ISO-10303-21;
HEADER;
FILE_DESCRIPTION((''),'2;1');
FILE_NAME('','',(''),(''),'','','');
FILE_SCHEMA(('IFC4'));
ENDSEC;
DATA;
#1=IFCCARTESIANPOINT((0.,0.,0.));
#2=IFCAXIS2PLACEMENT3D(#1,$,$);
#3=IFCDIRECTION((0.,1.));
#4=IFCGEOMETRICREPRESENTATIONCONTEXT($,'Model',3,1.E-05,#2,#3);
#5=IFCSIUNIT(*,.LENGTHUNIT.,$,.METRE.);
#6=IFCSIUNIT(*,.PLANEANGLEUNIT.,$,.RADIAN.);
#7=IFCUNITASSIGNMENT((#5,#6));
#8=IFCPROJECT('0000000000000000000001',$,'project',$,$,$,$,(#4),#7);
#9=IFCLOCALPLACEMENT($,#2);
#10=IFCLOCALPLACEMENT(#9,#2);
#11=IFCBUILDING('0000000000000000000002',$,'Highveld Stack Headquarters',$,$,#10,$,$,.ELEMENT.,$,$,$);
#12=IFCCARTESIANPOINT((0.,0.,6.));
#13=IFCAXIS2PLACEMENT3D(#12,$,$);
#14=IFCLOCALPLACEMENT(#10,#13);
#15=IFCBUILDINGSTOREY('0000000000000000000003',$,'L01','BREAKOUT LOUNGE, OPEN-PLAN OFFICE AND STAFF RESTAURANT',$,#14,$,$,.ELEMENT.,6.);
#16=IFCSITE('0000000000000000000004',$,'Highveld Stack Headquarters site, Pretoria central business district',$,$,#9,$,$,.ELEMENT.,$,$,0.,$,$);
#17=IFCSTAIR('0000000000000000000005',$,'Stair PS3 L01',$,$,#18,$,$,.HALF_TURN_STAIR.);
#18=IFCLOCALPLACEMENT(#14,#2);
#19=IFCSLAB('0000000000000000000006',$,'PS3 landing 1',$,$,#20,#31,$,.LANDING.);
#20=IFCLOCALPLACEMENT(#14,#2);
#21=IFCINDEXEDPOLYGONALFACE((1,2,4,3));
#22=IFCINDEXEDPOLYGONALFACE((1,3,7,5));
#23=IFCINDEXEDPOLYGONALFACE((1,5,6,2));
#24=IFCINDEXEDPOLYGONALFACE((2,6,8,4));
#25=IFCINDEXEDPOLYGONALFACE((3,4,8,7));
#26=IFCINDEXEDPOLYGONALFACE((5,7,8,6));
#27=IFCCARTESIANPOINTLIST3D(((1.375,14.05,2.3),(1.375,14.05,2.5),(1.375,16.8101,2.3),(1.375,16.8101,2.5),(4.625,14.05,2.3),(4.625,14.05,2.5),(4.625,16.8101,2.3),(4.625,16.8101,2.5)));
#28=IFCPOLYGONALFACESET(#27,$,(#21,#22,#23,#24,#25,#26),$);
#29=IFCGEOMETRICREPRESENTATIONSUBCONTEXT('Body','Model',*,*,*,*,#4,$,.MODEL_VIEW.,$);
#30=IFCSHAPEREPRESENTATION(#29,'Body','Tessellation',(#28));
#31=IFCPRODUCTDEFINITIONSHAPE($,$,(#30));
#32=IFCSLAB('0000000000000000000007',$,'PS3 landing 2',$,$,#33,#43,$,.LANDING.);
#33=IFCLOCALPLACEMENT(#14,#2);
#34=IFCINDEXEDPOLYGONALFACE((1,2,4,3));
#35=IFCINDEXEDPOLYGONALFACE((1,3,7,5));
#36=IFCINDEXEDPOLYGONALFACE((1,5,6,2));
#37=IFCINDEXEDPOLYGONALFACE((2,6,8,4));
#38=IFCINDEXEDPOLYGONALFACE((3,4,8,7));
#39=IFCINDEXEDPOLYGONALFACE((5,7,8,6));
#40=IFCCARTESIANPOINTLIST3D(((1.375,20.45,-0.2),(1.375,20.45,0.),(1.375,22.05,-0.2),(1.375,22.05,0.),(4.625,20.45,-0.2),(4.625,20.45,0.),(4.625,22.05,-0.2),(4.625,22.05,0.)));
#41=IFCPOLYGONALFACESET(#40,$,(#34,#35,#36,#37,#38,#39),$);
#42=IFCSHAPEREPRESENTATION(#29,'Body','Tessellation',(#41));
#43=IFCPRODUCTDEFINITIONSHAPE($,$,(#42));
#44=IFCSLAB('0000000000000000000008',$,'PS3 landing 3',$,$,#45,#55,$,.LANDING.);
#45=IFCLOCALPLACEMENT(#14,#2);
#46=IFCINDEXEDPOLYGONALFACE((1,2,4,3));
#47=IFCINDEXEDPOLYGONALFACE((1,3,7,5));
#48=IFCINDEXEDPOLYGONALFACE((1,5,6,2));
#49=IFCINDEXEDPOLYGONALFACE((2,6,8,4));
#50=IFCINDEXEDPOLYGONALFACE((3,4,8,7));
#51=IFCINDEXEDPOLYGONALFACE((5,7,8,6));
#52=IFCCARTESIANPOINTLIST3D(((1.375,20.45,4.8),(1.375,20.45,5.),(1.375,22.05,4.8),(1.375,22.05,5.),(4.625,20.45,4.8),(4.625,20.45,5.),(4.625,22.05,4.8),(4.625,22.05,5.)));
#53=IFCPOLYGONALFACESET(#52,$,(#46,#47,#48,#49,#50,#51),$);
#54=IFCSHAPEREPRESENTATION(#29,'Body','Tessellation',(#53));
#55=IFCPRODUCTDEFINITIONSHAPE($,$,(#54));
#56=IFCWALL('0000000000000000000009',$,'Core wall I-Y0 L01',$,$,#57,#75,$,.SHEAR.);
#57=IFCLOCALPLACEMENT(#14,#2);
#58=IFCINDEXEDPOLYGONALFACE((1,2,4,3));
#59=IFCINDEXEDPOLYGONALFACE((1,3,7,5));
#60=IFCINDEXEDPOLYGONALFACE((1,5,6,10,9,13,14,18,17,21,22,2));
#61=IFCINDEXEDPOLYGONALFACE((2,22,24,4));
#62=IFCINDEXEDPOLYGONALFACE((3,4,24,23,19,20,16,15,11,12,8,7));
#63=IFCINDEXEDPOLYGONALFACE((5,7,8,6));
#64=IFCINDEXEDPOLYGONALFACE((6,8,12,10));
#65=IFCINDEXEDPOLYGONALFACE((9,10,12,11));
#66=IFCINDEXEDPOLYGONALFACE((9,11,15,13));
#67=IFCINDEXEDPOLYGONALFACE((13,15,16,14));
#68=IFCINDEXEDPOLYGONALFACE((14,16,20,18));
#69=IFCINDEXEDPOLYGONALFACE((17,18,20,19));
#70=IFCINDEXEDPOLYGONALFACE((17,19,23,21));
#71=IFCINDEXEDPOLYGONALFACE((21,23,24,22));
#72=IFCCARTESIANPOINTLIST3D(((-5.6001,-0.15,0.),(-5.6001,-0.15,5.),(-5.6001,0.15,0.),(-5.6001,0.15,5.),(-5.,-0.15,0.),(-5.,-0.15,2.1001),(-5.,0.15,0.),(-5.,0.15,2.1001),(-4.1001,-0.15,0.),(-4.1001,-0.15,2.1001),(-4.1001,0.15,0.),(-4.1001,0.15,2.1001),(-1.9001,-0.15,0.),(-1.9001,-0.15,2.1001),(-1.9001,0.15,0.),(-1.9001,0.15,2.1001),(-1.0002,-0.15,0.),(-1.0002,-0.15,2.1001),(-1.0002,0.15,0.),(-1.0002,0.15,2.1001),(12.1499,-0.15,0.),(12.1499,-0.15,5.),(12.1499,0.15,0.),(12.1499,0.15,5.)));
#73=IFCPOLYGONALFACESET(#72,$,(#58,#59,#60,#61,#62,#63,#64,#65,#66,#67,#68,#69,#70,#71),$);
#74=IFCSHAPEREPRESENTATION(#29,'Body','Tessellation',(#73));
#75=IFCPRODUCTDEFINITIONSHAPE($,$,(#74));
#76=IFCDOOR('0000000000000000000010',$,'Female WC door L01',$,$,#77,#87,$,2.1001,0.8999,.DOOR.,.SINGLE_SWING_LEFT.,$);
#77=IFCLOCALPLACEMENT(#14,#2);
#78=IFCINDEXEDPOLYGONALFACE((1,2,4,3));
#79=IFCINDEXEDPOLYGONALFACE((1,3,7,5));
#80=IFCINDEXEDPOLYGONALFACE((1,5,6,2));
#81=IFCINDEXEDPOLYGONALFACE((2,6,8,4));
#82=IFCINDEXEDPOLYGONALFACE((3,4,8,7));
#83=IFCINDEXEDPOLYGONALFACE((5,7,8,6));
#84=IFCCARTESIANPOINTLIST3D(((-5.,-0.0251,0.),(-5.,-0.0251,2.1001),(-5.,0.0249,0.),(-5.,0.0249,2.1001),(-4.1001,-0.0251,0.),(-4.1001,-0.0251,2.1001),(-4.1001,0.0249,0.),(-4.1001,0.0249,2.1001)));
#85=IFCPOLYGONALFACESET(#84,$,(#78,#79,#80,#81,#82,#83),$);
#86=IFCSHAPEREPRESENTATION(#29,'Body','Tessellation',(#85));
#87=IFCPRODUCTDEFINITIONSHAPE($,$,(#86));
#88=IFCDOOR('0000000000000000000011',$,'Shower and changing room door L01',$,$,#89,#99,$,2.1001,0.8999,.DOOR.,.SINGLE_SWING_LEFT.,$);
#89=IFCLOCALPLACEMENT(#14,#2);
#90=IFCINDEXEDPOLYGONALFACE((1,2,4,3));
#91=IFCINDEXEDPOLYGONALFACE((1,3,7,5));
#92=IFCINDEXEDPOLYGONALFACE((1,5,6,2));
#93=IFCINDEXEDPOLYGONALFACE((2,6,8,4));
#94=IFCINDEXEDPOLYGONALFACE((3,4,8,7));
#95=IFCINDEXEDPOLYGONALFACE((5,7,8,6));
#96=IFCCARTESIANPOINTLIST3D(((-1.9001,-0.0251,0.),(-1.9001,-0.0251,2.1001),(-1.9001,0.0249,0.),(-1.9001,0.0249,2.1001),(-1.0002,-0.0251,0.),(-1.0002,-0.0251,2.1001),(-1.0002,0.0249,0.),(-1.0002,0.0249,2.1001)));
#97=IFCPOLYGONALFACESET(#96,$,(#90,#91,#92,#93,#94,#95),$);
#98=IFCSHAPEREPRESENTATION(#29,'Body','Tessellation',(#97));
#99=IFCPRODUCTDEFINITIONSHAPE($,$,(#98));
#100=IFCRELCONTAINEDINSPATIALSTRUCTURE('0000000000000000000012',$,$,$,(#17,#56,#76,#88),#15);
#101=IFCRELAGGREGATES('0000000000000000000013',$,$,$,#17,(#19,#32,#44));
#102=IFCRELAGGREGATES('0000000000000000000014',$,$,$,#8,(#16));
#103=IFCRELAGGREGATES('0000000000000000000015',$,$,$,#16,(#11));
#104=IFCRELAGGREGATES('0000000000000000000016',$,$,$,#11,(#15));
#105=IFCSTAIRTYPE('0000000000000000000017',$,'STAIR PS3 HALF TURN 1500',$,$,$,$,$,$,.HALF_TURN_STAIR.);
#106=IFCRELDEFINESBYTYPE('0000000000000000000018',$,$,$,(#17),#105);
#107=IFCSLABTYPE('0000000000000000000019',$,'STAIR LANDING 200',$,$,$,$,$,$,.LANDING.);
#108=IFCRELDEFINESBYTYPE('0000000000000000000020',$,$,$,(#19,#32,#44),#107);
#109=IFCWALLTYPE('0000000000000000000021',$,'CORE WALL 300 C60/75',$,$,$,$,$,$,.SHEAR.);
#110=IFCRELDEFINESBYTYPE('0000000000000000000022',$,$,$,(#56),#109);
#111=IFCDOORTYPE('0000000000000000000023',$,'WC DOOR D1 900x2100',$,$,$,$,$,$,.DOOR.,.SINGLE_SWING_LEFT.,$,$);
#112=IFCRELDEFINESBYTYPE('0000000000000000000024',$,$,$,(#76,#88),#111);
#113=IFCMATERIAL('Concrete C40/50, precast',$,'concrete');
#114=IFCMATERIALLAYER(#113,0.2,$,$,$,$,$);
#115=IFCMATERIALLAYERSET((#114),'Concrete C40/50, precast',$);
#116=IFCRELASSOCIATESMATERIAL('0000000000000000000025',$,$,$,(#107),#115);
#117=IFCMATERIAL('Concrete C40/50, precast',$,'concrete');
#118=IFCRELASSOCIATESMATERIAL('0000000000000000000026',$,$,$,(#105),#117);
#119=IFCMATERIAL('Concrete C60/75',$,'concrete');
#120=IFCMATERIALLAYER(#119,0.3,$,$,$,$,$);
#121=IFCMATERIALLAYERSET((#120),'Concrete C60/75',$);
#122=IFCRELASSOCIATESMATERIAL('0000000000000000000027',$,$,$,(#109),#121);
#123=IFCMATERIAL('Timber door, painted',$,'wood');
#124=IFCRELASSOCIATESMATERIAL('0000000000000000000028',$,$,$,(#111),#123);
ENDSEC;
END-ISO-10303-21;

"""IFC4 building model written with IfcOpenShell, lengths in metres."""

from ifc_helpers import new_model, si_unit, direction, frame, frame_2d, origin, place, context, subcontext, project, spatial, polyline, rectangle, outline, extrude, material, layer, layer_set, type_object, element, fill, aggregate, save


model = new_model("IFC4")

# Units and contexts
model_context = context("Model", 3, precision=1e-05, world=origin(), true_north=direction((0.0, 1.0)))
body_context = subcontext(model_context, "Body", "Model", "MODEL_VIEW")
ifc_project = project(units=[si_unit("LENGTHUNIT", "METRE"), si_unit("PLANEANGLEUNIT", "RADIAN")], contexts=[model_context])

# Site, building, storey
site_placement = place(None, origin())
site = spatial("IfcSite", under=ifc_project, at=site_placement, Name="Highveld Stack Headquarters site, Pretoria central business district", CompositionType="ELEMENT", RefElevation=0.0)
building_placement = place(site_placement, origin())
building = spatial("IfcBuilding", under=site, at=building_placement, Name="Highveld Stack Headquarters", CompositionType="ELEMENT")
storey_placement = place(building_placement, frame((0.0, 0.0, 6.0)))
storey = spatial("IfcBuildingStorey", under=building, at=storey_placement, Name="L01", Description="BREAKOUT LOUNGE, OPEN-PLAN OFFICE AND STAFF RESTAURANT", CompositionType="ELEMENT", Elevation=6.0)

# Stair, slabs
ifc_material_1 = material(Name="Concrete C40/50, precast", Category="concrete")
ifc_layer_1 = layer(ifc_material_1, 0.2)
ifc_layer_set_1 = layer_set([ifc_layer_1], Name="Concrete C40/50, precast")
slab_type_1 = type_object("IfcSlabType", Name="STAIR LANDING 200", PredefinedType="LANDING", material=ifc_layer_set_1)
ifc_material_2 = material(Name="Concrete C40/50, precast", Category="concrete")
stair_type_1 = type_object("IfcStairType", Name="STAIR PS3 HALF TURN 1500", PredefinedType="HALF_TURN_STAIR", material=ifc_material_2)
stair_1_placement = place(storey_placement, origin())
stair_1 = element("IfcStair", 1, at=stair_1_placement, inside=storey, type_object=stair_type_1, Name="Stair PS3 L01", PredefinedType="HALF_TURN_STAIR")
slab_1_placement = place(storey_placement, frame((0.0, 0.0, 2.3)))
slab_1 = element("IfcSlab", 2, at=slab_1_placement, type_object=slab_type_1, Name="PS3 landing 1", PredefinedType="LANDING", context=body_context, shape_type="SweptSolid", body=[
    extrude(outline(polyline([(1.375, 14.05), (4.625, 14.05), (4.625, 16.8101), (1.375, 16.8101), (1.375, 14.05)])), origin(), (0.0, 0.0, 1.0), 0.2),
])
slab_2_placement = place(storey_placement, frame((0.0, 0.0, -0.2)))
slab_2 = element("IfcSlab", 3, at=slab_2_placement, type_object=slab_type_1, Name="PS3 landing 2", PredefinedType="LANDING", context=body_context, shape_type="SweptSolid", body=[
    extrude(outline(polyline([(1.375, 20.45), (4.625, 20.45), (4.625, 22.05), (1.375, 22.05), (1.375, 20.45)])), origin(), (0.0, 0.0, 1.0), 0.2),
])
slab_3_placement = place(storey_placement, frame((0.0, 0.0, 4.8)))
slab_3 = element("IfcSlab", 4, at=slab_3_placement, type_object=slab_type_1, Name="PS3 landing 3", PredefinedType="LANDING", context=body_context, shape_type="SweptSolid", body=[
    extrude(outline(polyline([(1.375, 20.45), (4.625, 20.45), (4.625, 22.05), (1.375, 22.05), (1.375, 20.45)])), origin(), (0.0, 0.0, 1.0), 0.2),
])
aggregate(stair_1, [slab_1, slab_2, slab_3])

# Wall, openings, doors
ifc_material_3 = material(Name="Concrete C60/75", Category="concrete")
ifc_layer_2 = layer(ifc_material_3, 0.3)
ifc_layer_set_2 = layer_set([ifc_layer_2], Name="Concrete C60/75")
wall_type = type_object("IfcWallType", Name="CORE WALL 300 C60/75", PredefinedType="SHEAR", material=ifc_layer_set_2)
wall_placement = place(storey_placement, frame((-5.6001, 0.0, 0.0), z_axis=(0.0, 0.0, 1.0), x_axis=(1.0, 0.0, 0.0)))
wall = element("IfcWall", 5, at=wall_placement, inside=storey, type_object=wall_type, Name="Core wall I-Y0 L01", PredefinedType="SHEAR", context=body_context, shape_type="SweptSolid", body=[
    extrude(rectangle(XDim=17.75, YDim=0.3, at=frame_2d((8.875, 0.0))), origin(), (0.0, 0.0, 1.0), 5.0),
])
opening_1_placement = place(wall_placement, frame((0.6001, 0.0, 0.0)))
opening_1 = element("IfcOpeningElement", 6, at=opening_1_placement, cuts=wall, PredefinedType="OPENING", context=body_context, shape_type="SweptSolid", body=[
    extrude(rectangle(XDim=0.8999, YDim=2.1001, at=frame_2d((0.45, 1.05))), frame((0.0, 0.1599, 0.0), z_axis=(0.0, -1.0, 0.0), x_axis=(1.0, 0.0, 0.0)), (0.0, 0.0, 1.0), 0.3201),
])
opening_2_placement = place(wall_placement, frame((3.7, 0.0, 0.0)))
opening_2 = element("IfcOpeningElement", 7, at=opening_2_placement, cuts=wall, PredefinedType="OPENING", context=body_context, shape_type="SweptSolid", body=[
    extrude(rectangle(XDim=0.8999, YDim=2.1001, at=frame_2d((0.45, 1.05))), frame((0.0, 0.1599, 0.0), z_axis=(0.0, -1.0, 0.0), x_axis=(1.0, 0.0, 0.0)), (0.0, 0.0, 1.0), 0.3201),
])
ifc_material_4 = material(Name="Timber door, painted", Category="wood")
door_type = type_object("IfcDoorType", Name="WC DOOR D1 900x2100", OperationType="SINGLE_SWING_LEFT", PredefinedType="DOOR", material=ifc_material_4)
door_1_placement = place(opening_1_placement, origin())
door_1 = element("IfcDoor", 8, at=door_1_placement, inside=storey, type_object=door_type, Name="Female WC door L01", OperationType="SINGLE_SWING_LEFT", OverallHeight=2.1001, OverallWidth=0.8999, PredefinedType="DOOR", context=body_context, shape_type="SweptSolid", body=[
    extrude(rectangle(XDim=0.8999, YDim=2.1001, at=frame_2d((0.45, 1.05))), frame((0.0, 0.0249, 0.0), z_axis=(0.0, -1.0, 0.0), x_axis=(1.0, 0.0, 0.0)), (0.0, 0.0, 1.0), 0.05),
])
fill(opening_1, door_1)
door_2_placement = place(opening_2_placement, origin())
door_2 = element("IfcDoor", 9, at=door_2_placement, inside=storey, type_object=door_type, Name="Shower and changing room door L01", OperationType="SINGLE_SWING_LEFT", OverallHeight=2.1001, OverallWidth=0.8999, PredefinedType="DOOR", context=body_context, shape_type="SweptSolid", body=[
    extrude(rectangle(XDim=0.8999, YDim=2.1001, at=frame_2d((0.45, 1.05))), frame((0.0, 0.0249, 0.0), z_axis=(0.0, -1.0, 0.0), x_axis=(1.0, 0.0, 0.0)), (0.0, 0.0, 1.0), 0.05),
])
fill(opening_2, door_2)

save(model, "model.ifc")
